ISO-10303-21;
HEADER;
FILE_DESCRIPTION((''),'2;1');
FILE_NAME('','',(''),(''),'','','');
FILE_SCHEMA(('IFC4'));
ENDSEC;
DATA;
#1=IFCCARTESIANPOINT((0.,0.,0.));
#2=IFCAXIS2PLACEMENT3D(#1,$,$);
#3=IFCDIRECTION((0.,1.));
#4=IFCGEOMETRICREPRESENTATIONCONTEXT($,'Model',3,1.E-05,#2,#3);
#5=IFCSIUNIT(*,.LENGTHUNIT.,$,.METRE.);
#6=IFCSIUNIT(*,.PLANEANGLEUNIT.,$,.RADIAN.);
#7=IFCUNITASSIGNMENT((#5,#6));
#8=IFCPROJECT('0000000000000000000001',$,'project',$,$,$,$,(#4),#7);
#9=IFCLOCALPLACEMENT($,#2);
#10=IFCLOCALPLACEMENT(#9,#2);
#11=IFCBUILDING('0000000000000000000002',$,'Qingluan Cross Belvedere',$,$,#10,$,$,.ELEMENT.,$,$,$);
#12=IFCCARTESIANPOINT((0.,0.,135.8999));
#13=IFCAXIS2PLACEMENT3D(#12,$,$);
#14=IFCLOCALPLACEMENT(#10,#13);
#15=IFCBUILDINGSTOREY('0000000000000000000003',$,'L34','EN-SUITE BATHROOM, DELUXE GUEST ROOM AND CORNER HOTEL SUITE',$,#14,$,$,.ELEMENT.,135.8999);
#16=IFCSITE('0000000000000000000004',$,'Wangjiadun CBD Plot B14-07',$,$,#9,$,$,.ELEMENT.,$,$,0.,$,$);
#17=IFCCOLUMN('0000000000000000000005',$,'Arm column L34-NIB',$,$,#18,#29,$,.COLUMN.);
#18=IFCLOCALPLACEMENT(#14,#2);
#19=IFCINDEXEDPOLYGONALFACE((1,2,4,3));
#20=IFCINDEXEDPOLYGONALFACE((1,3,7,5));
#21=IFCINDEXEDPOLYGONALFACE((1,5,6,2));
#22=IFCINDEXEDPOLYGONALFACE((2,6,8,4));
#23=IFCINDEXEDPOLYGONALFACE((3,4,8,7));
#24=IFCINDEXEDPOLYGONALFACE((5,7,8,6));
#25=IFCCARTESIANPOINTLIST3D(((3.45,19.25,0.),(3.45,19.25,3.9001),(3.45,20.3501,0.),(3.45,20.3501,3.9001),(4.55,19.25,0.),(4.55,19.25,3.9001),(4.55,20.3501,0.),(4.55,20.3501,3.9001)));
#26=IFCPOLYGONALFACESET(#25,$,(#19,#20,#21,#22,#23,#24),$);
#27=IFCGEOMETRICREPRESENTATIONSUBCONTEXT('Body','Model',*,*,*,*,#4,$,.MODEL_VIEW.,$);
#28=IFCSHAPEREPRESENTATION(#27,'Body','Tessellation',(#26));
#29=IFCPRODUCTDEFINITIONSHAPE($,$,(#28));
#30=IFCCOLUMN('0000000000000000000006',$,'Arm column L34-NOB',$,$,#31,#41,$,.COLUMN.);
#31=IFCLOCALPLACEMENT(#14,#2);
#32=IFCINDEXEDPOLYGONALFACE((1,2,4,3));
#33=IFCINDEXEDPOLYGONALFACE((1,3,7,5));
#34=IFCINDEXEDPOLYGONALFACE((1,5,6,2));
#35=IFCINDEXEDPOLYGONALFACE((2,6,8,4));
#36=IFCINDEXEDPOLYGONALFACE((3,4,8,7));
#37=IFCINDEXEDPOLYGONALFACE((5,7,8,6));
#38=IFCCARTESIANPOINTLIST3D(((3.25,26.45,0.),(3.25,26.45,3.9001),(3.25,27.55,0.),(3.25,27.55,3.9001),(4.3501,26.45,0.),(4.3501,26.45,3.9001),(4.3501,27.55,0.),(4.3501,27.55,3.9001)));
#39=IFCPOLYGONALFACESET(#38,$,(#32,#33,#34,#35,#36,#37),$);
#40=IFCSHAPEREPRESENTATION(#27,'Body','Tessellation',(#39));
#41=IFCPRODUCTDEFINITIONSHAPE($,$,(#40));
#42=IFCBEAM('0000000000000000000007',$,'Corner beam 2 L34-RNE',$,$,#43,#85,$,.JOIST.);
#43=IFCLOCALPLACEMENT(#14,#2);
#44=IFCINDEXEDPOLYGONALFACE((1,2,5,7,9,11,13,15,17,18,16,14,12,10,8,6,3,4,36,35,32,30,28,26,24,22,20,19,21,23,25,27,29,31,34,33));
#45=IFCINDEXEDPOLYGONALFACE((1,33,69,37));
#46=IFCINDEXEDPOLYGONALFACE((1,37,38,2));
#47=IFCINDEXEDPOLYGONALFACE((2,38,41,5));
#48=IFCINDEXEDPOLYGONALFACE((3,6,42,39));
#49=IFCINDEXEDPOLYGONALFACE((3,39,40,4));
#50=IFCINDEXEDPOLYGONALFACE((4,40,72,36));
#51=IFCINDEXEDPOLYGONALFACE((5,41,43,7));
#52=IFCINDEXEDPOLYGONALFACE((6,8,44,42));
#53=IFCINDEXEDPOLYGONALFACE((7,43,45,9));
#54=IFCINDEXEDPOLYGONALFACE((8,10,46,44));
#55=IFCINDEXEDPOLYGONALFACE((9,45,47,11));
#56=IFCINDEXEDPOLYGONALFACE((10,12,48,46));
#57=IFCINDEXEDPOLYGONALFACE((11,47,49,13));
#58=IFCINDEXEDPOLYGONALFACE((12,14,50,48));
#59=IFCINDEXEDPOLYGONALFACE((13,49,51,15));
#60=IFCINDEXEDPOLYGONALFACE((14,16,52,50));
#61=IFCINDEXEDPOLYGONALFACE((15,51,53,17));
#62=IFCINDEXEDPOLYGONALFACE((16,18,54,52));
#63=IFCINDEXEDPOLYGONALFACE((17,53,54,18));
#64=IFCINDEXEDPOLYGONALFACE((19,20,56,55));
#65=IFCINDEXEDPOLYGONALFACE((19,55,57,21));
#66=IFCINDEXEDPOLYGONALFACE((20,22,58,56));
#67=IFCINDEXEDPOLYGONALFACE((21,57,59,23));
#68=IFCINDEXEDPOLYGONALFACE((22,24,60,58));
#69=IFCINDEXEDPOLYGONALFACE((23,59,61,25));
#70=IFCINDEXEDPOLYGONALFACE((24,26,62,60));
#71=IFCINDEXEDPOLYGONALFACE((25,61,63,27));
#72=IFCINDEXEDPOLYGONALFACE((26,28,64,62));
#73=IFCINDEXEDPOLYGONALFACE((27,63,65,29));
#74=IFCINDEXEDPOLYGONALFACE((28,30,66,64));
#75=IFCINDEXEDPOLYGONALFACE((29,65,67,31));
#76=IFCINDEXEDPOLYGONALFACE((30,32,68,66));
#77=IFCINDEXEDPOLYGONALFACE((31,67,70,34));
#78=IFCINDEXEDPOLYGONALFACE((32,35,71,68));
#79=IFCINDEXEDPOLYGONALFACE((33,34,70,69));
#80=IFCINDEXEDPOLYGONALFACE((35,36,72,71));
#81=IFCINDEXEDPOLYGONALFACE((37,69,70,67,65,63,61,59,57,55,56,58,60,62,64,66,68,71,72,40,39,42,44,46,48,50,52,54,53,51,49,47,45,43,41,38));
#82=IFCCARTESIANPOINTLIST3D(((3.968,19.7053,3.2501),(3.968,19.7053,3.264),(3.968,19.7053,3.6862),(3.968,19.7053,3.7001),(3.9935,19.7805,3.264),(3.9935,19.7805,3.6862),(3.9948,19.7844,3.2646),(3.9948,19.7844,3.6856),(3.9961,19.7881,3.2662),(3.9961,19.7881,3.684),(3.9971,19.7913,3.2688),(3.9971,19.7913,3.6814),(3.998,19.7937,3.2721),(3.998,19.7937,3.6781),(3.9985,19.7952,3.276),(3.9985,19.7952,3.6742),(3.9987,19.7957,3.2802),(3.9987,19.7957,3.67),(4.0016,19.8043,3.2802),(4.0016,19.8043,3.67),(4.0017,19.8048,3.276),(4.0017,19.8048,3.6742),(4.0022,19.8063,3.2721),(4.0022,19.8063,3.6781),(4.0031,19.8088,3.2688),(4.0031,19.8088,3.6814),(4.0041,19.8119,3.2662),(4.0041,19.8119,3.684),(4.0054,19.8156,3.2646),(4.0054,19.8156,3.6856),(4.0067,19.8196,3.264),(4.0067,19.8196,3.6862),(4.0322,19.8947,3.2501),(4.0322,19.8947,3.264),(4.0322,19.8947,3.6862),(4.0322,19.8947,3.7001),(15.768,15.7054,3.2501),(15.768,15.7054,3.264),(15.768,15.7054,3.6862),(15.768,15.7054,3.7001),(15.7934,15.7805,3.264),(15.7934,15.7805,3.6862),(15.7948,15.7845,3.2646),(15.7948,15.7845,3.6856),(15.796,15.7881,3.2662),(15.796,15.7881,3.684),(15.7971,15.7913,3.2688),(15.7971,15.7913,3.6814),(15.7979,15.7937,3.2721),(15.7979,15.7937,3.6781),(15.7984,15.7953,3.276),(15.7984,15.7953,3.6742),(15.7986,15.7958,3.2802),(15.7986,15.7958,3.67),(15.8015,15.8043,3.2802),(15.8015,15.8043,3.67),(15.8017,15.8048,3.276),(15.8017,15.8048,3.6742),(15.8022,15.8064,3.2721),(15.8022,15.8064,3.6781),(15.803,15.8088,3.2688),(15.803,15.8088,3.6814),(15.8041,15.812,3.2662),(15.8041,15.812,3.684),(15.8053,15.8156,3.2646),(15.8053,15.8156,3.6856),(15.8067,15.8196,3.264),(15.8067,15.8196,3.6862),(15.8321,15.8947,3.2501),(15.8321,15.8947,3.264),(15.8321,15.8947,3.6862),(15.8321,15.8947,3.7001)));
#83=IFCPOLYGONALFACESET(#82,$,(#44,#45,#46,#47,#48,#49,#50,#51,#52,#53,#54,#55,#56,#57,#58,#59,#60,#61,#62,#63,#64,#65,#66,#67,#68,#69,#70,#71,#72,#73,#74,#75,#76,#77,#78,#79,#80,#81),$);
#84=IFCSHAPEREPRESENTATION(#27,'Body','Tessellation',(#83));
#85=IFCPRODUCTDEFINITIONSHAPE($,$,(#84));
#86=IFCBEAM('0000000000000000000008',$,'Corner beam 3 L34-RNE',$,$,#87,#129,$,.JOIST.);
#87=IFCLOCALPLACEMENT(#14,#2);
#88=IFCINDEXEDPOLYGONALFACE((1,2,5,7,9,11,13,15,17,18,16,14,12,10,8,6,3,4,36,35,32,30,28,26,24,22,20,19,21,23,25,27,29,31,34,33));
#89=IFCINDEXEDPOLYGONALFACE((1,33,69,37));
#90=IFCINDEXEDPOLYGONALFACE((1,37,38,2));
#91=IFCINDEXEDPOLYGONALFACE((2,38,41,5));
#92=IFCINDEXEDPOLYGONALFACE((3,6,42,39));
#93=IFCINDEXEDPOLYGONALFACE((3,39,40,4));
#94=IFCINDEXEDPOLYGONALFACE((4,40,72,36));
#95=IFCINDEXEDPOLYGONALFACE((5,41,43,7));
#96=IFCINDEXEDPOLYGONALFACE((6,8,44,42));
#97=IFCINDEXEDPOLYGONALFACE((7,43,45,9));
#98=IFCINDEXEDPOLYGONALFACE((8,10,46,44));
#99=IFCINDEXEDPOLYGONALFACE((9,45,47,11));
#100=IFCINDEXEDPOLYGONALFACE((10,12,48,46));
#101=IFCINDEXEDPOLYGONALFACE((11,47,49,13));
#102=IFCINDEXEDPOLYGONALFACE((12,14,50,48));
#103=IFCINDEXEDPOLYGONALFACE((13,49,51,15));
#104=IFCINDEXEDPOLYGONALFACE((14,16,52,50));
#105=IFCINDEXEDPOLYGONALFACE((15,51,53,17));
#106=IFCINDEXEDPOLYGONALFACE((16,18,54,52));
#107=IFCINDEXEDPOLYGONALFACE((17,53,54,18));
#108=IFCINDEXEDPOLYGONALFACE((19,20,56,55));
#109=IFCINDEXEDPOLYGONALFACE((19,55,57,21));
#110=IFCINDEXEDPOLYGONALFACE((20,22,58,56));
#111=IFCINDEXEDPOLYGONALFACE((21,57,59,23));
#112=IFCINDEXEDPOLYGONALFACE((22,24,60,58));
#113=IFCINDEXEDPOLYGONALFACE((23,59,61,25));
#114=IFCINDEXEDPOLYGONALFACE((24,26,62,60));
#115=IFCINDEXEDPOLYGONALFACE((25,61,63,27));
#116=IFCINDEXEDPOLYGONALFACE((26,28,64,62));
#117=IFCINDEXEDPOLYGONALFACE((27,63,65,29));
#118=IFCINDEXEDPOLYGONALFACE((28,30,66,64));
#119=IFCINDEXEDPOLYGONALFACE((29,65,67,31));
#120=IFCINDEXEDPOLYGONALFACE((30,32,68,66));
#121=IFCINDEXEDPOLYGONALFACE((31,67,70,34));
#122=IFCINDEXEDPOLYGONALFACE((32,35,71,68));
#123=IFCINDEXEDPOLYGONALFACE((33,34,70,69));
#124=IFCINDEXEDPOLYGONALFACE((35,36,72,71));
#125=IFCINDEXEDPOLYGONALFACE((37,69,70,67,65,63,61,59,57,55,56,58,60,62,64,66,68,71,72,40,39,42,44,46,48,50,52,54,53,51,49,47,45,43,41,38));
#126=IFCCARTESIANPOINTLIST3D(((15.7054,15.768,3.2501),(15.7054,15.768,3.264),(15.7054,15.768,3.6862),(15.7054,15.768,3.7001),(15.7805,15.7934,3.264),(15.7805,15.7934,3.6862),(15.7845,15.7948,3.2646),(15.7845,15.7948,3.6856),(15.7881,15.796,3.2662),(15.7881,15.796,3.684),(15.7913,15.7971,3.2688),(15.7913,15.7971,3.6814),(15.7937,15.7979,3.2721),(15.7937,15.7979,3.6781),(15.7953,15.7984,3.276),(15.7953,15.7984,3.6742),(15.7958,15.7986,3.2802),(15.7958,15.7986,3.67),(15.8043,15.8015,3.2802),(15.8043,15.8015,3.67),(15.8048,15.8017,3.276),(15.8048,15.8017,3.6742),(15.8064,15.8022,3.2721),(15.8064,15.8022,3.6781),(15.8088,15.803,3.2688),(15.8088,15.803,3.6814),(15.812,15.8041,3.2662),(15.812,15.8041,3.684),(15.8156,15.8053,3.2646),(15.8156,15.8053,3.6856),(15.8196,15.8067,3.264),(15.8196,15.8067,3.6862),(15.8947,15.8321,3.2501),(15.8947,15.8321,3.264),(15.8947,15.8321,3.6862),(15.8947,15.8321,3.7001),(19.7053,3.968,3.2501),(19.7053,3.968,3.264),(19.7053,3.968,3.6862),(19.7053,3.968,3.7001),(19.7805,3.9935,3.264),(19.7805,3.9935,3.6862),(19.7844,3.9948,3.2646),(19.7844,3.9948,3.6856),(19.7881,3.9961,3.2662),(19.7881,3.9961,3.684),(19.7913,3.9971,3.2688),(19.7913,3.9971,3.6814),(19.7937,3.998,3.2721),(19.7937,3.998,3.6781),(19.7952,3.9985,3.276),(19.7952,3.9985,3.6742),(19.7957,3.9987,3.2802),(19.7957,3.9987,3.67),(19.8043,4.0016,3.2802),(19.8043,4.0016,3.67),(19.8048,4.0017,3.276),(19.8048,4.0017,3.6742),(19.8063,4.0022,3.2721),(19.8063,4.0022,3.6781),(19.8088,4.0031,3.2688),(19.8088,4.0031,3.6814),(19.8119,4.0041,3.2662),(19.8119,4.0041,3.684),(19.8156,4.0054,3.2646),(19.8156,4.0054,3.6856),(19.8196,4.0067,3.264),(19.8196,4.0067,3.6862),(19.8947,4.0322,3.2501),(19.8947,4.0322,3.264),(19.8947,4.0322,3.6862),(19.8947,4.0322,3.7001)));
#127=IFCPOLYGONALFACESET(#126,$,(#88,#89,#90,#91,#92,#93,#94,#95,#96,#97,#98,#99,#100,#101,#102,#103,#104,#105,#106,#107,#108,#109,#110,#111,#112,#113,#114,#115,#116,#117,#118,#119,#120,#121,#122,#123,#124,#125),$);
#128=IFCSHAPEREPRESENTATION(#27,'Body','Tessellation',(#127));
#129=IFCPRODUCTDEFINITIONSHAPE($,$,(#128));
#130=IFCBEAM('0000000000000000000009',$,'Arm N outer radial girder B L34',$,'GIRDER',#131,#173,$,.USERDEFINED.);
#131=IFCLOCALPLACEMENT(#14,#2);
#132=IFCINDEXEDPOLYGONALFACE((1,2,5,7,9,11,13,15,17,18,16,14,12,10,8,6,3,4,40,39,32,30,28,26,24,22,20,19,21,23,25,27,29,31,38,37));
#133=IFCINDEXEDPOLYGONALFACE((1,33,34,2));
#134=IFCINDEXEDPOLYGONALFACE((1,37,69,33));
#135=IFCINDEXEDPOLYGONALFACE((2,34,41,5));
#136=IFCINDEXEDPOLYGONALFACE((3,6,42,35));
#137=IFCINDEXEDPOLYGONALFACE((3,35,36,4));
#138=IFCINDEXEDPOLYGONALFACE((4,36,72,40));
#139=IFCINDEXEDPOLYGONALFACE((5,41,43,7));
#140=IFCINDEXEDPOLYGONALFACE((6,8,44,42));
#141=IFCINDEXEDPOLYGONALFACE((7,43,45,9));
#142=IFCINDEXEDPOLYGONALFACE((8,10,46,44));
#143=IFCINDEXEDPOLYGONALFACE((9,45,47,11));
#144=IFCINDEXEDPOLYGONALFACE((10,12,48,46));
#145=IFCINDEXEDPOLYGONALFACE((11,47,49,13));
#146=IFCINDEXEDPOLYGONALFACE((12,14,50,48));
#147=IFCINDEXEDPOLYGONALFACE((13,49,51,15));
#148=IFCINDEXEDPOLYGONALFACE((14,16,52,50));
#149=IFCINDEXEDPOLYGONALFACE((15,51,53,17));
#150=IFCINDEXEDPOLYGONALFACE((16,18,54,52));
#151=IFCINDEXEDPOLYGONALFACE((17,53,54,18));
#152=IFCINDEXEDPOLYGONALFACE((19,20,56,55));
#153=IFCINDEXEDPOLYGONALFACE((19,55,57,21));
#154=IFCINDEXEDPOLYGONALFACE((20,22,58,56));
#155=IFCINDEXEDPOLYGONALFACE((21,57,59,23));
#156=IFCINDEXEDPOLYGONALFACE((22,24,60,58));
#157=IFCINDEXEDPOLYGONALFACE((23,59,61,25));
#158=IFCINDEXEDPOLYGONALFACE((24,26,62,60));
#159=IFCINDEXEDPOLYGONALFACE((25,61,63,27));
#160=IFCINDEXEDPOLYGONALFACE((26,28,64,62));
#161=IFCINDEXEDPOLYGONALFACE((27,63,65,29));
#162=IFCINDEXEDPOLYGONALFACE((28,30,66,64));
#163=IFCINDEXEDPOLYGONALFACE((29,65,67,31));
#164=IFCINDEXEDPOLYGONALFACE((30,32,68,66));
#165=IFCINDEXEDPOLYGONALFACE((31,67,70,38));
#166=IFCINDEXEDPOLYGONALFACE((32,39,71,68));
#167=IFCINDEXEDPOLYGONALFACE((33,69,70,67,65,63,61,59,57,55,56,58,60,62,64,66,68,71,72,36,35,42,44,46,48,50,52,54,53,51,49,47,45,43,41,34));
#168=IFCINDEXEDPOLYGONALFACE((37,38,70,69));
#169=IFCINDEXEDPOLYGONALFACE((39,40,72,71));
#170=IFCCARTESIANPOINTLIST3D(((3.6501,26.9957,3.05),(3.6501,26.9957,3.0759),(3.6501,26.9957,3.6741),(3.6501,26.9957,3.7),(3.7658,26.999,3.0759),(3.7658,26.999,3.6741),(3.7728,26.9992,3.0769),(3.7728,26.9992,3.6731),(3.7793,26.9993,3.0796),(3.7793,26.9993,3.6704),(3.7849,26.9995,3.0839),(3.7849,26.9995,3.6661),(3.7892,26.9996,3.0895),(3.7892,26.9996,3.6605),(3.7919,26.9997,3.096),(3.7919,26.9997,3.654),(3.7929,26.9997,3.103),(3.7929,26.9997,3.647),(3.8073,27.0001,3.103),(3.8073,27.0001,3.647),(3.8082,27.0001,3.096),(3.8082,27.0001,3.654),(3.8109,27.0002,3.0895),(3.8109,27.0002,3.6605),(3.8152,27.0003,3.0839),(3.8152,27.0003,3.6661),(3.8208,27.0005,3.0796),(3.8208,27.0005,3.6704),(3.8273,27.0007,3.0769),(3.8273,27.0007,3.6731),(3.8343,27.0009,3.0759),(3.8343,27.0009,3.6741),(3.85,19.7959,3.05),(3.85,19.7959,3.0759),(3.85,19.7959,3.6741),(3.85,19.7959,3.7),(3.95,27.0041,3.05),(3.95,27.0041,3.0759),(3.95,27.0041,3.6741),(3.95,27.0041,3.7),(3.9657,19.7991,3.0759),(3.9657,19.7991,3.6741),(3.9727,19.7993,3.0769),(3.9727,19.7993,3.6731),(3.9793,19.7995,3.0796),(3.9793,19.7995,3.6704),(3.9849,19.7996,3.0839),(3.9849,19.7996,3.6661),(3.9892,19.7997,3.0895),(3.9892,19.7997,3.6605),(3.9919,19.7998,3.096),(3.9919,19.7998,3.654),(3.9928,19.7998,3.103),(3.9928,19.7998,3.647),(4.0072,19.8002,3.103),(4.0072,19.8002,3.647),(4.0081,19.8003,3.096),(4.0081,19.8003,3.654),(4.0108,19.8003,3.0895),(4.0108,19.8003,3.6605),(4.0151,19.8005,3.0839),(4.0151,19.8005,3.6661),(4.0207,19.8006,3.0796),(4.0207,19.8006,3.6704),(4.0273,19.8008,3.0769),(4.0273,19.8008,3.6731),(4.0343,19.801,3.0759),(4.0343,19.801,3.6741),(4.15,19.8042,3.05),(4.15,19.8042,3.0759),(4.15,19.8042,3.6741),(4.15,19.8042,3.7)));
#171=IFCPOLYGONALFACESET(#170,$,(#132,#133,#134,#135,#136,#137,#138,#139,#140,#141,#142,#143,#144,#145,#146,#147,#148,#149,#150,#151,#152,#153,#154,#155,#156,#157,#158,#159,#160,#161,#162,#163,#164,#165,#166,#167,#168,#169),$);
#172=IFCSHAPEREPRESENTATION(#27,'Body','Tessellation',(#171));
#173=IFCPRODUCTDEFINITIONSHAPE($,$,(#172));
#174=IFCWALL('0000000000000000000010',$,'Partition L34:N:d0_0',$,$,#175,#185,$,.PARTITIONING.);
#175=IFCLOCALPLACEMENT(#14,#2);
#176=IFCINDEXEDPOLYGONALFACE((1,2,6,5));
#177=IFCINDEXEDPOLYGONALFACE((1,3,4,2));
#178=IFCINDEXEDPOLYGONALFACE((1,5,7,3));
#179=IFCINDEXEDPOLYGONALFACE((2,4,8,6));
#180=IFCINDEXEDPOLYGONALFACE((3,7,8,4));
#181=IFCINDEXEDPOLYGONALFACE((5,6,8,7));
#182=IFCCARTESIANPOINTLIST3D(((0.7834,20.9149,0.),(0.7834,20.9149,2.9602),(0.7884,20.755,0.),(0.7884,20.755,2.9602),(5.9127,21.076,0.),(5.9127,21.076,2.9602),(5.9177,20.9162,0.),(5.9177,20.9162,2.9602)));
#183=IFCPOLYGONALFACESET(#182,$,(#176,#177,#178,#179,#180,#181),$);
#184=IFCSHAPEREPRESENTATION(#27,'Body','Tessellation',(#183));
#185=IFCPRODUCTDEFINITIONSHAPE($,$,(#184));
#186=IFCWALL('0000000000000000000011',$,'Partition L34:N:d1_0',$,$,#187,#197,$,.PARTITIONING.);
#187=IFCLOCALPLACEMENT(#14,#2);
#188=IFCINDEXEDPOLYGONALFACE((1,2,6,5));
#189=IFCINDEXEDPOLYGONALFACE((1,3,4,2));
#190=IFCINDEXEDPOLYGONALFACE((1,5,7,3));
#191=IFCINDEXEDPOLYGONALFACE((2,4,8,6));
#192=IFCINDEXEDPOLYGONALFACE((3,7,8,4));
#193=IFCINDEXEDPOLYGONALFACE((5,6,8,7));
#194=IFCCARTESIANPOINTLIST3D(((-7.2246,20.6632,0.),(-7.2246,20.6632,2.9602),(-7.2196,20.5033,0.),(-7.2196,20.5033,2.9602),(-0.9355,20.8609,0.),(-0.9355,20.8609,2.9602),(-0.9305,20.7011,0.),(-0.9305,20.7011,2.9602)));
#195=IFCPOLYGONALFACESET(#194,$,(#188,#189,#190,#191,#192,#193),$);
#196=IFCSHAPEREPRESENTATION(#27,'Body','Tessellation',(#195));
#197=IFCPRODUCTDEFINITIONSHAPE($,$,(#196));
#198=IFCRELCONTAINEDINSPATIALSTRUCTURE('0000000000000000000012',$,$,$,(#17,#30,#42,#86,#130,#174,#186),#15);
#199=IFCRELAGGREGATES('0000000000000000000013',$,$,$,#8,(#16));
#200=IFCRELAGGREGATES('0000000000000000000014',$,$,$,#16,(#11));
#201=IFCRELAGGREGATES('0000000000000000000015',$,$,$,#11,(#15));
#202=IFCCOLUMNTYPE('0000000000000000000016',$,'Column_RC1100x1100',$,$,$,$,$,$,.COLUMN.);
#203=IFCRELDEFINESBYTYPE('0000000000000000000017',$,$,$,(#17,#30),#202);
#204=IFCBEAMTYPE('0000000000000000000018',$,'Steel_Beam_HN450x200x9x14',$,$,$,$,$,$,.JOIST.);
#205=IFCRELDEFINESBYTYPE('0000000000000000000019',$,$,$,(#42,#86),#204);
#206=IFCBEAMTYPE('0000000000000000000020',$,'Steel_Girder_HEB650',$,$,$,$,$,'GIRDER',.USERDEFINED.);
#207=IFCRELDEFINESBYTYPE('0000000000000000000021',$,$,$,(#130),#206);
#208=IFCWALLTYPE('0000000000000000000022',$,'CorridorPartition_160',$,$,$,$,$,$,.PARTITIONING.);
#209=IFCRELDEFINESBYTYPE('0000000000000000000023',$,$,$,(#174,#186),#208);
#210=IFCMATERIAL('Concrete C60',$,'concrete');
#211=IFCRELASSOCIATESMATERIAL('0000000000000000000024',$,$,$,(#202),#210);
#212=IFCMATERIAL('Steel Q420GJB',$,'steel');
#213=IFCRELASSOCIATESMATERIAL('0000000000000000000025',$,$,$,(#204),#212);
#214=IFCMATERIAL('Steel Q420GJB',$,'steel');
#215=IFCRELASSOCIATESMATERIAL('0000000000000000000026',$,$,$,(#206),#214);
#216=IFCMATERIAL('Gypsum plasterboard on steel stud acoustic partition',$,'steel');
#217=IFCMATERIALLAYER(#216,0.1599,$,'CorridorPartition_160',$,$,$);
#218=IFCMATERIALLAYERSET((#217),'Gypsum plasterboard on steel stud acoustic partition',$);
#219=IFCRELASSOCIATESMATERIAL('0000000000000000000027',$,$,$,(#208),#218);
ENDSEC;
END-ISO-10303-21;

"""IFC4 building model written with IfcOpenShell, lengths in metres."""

from ifc_helpers import new_model, si_unit, direction, frame, frame_2d, origin, origin_2d, place, context, subcontext, project, spatial, rectangle, i_section, extrude, material, layer, layer_set, material_profile, profile_set, type_object, element, save


model = new_model("IFC4")

# Units and contexts
model_context = context("Model", 3, precision=1e-05, world=origin(), true_north=direction((0.0, 1.0)))
body_context = subcontext(model_context, "Body", "Model", "MODEL_VIEW")
ifc_project = project(units=[si_unit("LENGTHUNIT", "METRE"), si_unit("PLANEANGLEUNIT", "RADIAN")], contexts=[model_context])

# Site, building, storey
site_placement = place(None, origin())
site = spatial("IfcSite", under=ifc_project, at=site_placement, Name="Wangjiadun CBD Plot B14-07", CompositionType="ELEMENT", RefElevation=0.0)
building_placement = place(site_placement, origin())
building = spatial("IfcBuilding", under=site, at=building_placement, Name="Qingluan Cross Belvedere", CompositionType="ELEMENT")
storey_placement = place(building_placement, frame((0.0, 0.0, 135.8999)))
storey = spatial("IfcBuildingStorey", under=building, at=storey_placement, Name="L34", Description="EN-SUITE BATHROOM, DELUXE GUEST ROOM AND CORNER HOTEL SUITE", CompositionType="ELEMENT", Elevation=135.8999)

# Columns
ifc_material_1 = material(Name="Concrete C60", Category="concrete")
ifc_material_profile_1 = material_profile(ifc_material_1, rectangle(XDim=1.1001, YDim=1.1001, at=origin_2d()), Name="RC1100x1100")
ifc_profile_set_1 = profile_set([ifc_material_profile_1], Name="Concrete C60")
column_type = type_object("IfcColumnType", Name="Column_RC1100x1100", PredefinedType="COLUMN", material=ifc_profile_set_1)
for number, where, z_axis, x_axis, name in (
    (1, (4.0, 19.8, 0.0), (0.0, 0.0, 1.0), (1.0, 0.0, 0.0), "Arm column L34-NIB"),
    (2, (3.8, 27.0, 0.0), (0.0, 0.0, 1.0), (1.0, 0.0, 0.0), "Arm column L34-NOB"),
):
    element("IfcColumn", number, at=place(storey_placement, frame(where, z_axis=z_axis, x_axis=x_axis)), inside=storey, type_object=column_type, Name=name, PredefinedType="COLUMN", context=body_context, shape_type="SweptSolid", body=[
        extrude(rectangle(XDim=1.1001, YDim=1.1001, at=origin_2d()), origin(), (0.0, 0.0, 1.0), 3.9001),
    ])

# Beams
ifc_material_2 = material(Name="Steel Q420GJB", Category="steel")
ifc_material_profile_2 = material_profile(ifc_material_2, i_section(OverallWidth=0.2, OverallDepth=0.45, WebThickness=0.009, FlangeThickness=0.0139, FilletRadius=0.0161, at=origin_2d()), Name="HN450x200x9x14")
ifc_profile_set_2 = profile_set([ifc_material_profile_2], Name="Steel Q420GJB")
beam_type_1 = type_object("IfcBeamType", Name="Steel_Beam_HN450x200x9x14", PredefinedType="JOIST", material=ifc_profile_set_2)
for number, where, z_axis, x_axis, name in (
    (3, (15.8, 15.8, 3.4751), (-0.947066, 0.321038, 0.0), (-0.321038, -0.947066, 0.0), "Corner beam 2 L34-RNE"),
    (4, (15.8, 15.8, 3.4751), (0.321038, -0.947066, 0.0), (0.947066, 0.321038, 0.0), "Corner beam 3 L34-RNE"),
):
    element("IfcBeam", number, at=place(storey_placement, frame(where, z_axis=z_axis, x_axis=x_axis)), inside=storey, type_object=beam_type_1, Name=name, PredefinedType="JOIST", context=body_context, shape_type="SweptSolid", body=[
        extrude(i_section(OverallWidth=0.2, OverallDepth=0.45, WebThickness=0.009, FlangeThickness=0.0139, FilletRadius=0.0161, at=origin_2d()), origin(), (0.0, 0.0, 1.0), 12.4595),
    ])
ifc_material_3 = material(Name="Steel Q420GJB", Category="steel")
ifc_material_profile_3 = material_profile(ifc_material_3, i_section(OverallWidth=0.3, OverallDepth=0.6499, WebThickness=0.0144, FlangeThickness=0.0259, FilletRadius=0.0271, at=origin_2d()), Name="HEB650")
ifc_profile_set_3 = profile_set([ifc_material_profile_3], Name="Steel Q420GJB")
beam_type_2 = type_object("IfcBeamType", Name="Steel_Girder_HEB650", ElementType="GIRDER", PredefinedType="USERDEFINED", material=ifc_profile_set_3)
beam_placement = place(storey_placement, frame((4.0, 19.8, 3.375), z_axis=(-0.02776, 0.999615, 0.0), x_axis=(-0.999615, -0.02776, 0.0)))
element("IfcBeam", 5, at=beam_placement, inside=storey, type_object=beam_type_2, Name="Arm N outer radial girder B L34", ObjectType="GIRDER", PredefinedType="USERDEFINED", context=body_context, shape_type="SweptSolid", body=[
    extrude(i_section(OverallWidth=0.3, OverallDepth=0.6499, WebThickness=0.0144, FlangeThickness=0.0259, FilletRadius=0.0271, at=origin_2d()), origin(), (0.0, 0.0, 1.0), 7.2026),
])

# Walls
ifc_material_4 = material(Name="Gypsum plasterboard on steel stud acoustic partition", Category="steel")
ifc_layer_1 = layer(ifc_material_4, 0.1599, Name="CorridorPartition_160")
ifc_layer_set_1 = layer_set([ifc_layer_1], Name="Gypsum plasterboard on steel stud acoustic partition")
wall_type_1 = type_object("IfcWallType", Name="CorridorPartition_160", PredefinedType="PARTITIONING", material=ifc_layer_set_1)
wall_1_placement = place(storey_placement, frame((0.7859, 20.835, 0.0), z_axis=(0.0, 0.0, 1.0), x_axis=(0.999507, 0.031398, 0.0)))
element("IfcWall", 6, at=wall_1_placement, inside=storey, type_object=wall_type_1, Name="Partition L34:N:d0_0", PredefinedType="PARTITIONING", context=body_context, shape_type="SweptSolid", body=[
    extrude(rectangle(XDim=5.1318, YDim=0.1599, at=frame_2d((2.5659, 0.0))), origin(), (0.0, 0.0, 1.0), 2.9602),
])
wall_2_placement = place(storey_placement, frame((-0.9331, 20.781, 0.0), z_axis=(0.0, 0.0, 1.0), x_axis=(-0.999506, -0.031429, 0.0)))
element("IfcWall", 7, at=wall_2_placement, inside=storey, type_object=wall_type_1, Name="Partition L34:N:d1_0", PredefinedType="PARTITIONING", context=body_context, shape_type="SweptSolid", body=[
    extrude(rectangle(XDim=6.2922, YDim=0.1599, at=frame_2d((3.146, 0.0))), origin(), (0.0, 0.0, 1.0), 2.9602),
])

save(model, "model.ifc")
